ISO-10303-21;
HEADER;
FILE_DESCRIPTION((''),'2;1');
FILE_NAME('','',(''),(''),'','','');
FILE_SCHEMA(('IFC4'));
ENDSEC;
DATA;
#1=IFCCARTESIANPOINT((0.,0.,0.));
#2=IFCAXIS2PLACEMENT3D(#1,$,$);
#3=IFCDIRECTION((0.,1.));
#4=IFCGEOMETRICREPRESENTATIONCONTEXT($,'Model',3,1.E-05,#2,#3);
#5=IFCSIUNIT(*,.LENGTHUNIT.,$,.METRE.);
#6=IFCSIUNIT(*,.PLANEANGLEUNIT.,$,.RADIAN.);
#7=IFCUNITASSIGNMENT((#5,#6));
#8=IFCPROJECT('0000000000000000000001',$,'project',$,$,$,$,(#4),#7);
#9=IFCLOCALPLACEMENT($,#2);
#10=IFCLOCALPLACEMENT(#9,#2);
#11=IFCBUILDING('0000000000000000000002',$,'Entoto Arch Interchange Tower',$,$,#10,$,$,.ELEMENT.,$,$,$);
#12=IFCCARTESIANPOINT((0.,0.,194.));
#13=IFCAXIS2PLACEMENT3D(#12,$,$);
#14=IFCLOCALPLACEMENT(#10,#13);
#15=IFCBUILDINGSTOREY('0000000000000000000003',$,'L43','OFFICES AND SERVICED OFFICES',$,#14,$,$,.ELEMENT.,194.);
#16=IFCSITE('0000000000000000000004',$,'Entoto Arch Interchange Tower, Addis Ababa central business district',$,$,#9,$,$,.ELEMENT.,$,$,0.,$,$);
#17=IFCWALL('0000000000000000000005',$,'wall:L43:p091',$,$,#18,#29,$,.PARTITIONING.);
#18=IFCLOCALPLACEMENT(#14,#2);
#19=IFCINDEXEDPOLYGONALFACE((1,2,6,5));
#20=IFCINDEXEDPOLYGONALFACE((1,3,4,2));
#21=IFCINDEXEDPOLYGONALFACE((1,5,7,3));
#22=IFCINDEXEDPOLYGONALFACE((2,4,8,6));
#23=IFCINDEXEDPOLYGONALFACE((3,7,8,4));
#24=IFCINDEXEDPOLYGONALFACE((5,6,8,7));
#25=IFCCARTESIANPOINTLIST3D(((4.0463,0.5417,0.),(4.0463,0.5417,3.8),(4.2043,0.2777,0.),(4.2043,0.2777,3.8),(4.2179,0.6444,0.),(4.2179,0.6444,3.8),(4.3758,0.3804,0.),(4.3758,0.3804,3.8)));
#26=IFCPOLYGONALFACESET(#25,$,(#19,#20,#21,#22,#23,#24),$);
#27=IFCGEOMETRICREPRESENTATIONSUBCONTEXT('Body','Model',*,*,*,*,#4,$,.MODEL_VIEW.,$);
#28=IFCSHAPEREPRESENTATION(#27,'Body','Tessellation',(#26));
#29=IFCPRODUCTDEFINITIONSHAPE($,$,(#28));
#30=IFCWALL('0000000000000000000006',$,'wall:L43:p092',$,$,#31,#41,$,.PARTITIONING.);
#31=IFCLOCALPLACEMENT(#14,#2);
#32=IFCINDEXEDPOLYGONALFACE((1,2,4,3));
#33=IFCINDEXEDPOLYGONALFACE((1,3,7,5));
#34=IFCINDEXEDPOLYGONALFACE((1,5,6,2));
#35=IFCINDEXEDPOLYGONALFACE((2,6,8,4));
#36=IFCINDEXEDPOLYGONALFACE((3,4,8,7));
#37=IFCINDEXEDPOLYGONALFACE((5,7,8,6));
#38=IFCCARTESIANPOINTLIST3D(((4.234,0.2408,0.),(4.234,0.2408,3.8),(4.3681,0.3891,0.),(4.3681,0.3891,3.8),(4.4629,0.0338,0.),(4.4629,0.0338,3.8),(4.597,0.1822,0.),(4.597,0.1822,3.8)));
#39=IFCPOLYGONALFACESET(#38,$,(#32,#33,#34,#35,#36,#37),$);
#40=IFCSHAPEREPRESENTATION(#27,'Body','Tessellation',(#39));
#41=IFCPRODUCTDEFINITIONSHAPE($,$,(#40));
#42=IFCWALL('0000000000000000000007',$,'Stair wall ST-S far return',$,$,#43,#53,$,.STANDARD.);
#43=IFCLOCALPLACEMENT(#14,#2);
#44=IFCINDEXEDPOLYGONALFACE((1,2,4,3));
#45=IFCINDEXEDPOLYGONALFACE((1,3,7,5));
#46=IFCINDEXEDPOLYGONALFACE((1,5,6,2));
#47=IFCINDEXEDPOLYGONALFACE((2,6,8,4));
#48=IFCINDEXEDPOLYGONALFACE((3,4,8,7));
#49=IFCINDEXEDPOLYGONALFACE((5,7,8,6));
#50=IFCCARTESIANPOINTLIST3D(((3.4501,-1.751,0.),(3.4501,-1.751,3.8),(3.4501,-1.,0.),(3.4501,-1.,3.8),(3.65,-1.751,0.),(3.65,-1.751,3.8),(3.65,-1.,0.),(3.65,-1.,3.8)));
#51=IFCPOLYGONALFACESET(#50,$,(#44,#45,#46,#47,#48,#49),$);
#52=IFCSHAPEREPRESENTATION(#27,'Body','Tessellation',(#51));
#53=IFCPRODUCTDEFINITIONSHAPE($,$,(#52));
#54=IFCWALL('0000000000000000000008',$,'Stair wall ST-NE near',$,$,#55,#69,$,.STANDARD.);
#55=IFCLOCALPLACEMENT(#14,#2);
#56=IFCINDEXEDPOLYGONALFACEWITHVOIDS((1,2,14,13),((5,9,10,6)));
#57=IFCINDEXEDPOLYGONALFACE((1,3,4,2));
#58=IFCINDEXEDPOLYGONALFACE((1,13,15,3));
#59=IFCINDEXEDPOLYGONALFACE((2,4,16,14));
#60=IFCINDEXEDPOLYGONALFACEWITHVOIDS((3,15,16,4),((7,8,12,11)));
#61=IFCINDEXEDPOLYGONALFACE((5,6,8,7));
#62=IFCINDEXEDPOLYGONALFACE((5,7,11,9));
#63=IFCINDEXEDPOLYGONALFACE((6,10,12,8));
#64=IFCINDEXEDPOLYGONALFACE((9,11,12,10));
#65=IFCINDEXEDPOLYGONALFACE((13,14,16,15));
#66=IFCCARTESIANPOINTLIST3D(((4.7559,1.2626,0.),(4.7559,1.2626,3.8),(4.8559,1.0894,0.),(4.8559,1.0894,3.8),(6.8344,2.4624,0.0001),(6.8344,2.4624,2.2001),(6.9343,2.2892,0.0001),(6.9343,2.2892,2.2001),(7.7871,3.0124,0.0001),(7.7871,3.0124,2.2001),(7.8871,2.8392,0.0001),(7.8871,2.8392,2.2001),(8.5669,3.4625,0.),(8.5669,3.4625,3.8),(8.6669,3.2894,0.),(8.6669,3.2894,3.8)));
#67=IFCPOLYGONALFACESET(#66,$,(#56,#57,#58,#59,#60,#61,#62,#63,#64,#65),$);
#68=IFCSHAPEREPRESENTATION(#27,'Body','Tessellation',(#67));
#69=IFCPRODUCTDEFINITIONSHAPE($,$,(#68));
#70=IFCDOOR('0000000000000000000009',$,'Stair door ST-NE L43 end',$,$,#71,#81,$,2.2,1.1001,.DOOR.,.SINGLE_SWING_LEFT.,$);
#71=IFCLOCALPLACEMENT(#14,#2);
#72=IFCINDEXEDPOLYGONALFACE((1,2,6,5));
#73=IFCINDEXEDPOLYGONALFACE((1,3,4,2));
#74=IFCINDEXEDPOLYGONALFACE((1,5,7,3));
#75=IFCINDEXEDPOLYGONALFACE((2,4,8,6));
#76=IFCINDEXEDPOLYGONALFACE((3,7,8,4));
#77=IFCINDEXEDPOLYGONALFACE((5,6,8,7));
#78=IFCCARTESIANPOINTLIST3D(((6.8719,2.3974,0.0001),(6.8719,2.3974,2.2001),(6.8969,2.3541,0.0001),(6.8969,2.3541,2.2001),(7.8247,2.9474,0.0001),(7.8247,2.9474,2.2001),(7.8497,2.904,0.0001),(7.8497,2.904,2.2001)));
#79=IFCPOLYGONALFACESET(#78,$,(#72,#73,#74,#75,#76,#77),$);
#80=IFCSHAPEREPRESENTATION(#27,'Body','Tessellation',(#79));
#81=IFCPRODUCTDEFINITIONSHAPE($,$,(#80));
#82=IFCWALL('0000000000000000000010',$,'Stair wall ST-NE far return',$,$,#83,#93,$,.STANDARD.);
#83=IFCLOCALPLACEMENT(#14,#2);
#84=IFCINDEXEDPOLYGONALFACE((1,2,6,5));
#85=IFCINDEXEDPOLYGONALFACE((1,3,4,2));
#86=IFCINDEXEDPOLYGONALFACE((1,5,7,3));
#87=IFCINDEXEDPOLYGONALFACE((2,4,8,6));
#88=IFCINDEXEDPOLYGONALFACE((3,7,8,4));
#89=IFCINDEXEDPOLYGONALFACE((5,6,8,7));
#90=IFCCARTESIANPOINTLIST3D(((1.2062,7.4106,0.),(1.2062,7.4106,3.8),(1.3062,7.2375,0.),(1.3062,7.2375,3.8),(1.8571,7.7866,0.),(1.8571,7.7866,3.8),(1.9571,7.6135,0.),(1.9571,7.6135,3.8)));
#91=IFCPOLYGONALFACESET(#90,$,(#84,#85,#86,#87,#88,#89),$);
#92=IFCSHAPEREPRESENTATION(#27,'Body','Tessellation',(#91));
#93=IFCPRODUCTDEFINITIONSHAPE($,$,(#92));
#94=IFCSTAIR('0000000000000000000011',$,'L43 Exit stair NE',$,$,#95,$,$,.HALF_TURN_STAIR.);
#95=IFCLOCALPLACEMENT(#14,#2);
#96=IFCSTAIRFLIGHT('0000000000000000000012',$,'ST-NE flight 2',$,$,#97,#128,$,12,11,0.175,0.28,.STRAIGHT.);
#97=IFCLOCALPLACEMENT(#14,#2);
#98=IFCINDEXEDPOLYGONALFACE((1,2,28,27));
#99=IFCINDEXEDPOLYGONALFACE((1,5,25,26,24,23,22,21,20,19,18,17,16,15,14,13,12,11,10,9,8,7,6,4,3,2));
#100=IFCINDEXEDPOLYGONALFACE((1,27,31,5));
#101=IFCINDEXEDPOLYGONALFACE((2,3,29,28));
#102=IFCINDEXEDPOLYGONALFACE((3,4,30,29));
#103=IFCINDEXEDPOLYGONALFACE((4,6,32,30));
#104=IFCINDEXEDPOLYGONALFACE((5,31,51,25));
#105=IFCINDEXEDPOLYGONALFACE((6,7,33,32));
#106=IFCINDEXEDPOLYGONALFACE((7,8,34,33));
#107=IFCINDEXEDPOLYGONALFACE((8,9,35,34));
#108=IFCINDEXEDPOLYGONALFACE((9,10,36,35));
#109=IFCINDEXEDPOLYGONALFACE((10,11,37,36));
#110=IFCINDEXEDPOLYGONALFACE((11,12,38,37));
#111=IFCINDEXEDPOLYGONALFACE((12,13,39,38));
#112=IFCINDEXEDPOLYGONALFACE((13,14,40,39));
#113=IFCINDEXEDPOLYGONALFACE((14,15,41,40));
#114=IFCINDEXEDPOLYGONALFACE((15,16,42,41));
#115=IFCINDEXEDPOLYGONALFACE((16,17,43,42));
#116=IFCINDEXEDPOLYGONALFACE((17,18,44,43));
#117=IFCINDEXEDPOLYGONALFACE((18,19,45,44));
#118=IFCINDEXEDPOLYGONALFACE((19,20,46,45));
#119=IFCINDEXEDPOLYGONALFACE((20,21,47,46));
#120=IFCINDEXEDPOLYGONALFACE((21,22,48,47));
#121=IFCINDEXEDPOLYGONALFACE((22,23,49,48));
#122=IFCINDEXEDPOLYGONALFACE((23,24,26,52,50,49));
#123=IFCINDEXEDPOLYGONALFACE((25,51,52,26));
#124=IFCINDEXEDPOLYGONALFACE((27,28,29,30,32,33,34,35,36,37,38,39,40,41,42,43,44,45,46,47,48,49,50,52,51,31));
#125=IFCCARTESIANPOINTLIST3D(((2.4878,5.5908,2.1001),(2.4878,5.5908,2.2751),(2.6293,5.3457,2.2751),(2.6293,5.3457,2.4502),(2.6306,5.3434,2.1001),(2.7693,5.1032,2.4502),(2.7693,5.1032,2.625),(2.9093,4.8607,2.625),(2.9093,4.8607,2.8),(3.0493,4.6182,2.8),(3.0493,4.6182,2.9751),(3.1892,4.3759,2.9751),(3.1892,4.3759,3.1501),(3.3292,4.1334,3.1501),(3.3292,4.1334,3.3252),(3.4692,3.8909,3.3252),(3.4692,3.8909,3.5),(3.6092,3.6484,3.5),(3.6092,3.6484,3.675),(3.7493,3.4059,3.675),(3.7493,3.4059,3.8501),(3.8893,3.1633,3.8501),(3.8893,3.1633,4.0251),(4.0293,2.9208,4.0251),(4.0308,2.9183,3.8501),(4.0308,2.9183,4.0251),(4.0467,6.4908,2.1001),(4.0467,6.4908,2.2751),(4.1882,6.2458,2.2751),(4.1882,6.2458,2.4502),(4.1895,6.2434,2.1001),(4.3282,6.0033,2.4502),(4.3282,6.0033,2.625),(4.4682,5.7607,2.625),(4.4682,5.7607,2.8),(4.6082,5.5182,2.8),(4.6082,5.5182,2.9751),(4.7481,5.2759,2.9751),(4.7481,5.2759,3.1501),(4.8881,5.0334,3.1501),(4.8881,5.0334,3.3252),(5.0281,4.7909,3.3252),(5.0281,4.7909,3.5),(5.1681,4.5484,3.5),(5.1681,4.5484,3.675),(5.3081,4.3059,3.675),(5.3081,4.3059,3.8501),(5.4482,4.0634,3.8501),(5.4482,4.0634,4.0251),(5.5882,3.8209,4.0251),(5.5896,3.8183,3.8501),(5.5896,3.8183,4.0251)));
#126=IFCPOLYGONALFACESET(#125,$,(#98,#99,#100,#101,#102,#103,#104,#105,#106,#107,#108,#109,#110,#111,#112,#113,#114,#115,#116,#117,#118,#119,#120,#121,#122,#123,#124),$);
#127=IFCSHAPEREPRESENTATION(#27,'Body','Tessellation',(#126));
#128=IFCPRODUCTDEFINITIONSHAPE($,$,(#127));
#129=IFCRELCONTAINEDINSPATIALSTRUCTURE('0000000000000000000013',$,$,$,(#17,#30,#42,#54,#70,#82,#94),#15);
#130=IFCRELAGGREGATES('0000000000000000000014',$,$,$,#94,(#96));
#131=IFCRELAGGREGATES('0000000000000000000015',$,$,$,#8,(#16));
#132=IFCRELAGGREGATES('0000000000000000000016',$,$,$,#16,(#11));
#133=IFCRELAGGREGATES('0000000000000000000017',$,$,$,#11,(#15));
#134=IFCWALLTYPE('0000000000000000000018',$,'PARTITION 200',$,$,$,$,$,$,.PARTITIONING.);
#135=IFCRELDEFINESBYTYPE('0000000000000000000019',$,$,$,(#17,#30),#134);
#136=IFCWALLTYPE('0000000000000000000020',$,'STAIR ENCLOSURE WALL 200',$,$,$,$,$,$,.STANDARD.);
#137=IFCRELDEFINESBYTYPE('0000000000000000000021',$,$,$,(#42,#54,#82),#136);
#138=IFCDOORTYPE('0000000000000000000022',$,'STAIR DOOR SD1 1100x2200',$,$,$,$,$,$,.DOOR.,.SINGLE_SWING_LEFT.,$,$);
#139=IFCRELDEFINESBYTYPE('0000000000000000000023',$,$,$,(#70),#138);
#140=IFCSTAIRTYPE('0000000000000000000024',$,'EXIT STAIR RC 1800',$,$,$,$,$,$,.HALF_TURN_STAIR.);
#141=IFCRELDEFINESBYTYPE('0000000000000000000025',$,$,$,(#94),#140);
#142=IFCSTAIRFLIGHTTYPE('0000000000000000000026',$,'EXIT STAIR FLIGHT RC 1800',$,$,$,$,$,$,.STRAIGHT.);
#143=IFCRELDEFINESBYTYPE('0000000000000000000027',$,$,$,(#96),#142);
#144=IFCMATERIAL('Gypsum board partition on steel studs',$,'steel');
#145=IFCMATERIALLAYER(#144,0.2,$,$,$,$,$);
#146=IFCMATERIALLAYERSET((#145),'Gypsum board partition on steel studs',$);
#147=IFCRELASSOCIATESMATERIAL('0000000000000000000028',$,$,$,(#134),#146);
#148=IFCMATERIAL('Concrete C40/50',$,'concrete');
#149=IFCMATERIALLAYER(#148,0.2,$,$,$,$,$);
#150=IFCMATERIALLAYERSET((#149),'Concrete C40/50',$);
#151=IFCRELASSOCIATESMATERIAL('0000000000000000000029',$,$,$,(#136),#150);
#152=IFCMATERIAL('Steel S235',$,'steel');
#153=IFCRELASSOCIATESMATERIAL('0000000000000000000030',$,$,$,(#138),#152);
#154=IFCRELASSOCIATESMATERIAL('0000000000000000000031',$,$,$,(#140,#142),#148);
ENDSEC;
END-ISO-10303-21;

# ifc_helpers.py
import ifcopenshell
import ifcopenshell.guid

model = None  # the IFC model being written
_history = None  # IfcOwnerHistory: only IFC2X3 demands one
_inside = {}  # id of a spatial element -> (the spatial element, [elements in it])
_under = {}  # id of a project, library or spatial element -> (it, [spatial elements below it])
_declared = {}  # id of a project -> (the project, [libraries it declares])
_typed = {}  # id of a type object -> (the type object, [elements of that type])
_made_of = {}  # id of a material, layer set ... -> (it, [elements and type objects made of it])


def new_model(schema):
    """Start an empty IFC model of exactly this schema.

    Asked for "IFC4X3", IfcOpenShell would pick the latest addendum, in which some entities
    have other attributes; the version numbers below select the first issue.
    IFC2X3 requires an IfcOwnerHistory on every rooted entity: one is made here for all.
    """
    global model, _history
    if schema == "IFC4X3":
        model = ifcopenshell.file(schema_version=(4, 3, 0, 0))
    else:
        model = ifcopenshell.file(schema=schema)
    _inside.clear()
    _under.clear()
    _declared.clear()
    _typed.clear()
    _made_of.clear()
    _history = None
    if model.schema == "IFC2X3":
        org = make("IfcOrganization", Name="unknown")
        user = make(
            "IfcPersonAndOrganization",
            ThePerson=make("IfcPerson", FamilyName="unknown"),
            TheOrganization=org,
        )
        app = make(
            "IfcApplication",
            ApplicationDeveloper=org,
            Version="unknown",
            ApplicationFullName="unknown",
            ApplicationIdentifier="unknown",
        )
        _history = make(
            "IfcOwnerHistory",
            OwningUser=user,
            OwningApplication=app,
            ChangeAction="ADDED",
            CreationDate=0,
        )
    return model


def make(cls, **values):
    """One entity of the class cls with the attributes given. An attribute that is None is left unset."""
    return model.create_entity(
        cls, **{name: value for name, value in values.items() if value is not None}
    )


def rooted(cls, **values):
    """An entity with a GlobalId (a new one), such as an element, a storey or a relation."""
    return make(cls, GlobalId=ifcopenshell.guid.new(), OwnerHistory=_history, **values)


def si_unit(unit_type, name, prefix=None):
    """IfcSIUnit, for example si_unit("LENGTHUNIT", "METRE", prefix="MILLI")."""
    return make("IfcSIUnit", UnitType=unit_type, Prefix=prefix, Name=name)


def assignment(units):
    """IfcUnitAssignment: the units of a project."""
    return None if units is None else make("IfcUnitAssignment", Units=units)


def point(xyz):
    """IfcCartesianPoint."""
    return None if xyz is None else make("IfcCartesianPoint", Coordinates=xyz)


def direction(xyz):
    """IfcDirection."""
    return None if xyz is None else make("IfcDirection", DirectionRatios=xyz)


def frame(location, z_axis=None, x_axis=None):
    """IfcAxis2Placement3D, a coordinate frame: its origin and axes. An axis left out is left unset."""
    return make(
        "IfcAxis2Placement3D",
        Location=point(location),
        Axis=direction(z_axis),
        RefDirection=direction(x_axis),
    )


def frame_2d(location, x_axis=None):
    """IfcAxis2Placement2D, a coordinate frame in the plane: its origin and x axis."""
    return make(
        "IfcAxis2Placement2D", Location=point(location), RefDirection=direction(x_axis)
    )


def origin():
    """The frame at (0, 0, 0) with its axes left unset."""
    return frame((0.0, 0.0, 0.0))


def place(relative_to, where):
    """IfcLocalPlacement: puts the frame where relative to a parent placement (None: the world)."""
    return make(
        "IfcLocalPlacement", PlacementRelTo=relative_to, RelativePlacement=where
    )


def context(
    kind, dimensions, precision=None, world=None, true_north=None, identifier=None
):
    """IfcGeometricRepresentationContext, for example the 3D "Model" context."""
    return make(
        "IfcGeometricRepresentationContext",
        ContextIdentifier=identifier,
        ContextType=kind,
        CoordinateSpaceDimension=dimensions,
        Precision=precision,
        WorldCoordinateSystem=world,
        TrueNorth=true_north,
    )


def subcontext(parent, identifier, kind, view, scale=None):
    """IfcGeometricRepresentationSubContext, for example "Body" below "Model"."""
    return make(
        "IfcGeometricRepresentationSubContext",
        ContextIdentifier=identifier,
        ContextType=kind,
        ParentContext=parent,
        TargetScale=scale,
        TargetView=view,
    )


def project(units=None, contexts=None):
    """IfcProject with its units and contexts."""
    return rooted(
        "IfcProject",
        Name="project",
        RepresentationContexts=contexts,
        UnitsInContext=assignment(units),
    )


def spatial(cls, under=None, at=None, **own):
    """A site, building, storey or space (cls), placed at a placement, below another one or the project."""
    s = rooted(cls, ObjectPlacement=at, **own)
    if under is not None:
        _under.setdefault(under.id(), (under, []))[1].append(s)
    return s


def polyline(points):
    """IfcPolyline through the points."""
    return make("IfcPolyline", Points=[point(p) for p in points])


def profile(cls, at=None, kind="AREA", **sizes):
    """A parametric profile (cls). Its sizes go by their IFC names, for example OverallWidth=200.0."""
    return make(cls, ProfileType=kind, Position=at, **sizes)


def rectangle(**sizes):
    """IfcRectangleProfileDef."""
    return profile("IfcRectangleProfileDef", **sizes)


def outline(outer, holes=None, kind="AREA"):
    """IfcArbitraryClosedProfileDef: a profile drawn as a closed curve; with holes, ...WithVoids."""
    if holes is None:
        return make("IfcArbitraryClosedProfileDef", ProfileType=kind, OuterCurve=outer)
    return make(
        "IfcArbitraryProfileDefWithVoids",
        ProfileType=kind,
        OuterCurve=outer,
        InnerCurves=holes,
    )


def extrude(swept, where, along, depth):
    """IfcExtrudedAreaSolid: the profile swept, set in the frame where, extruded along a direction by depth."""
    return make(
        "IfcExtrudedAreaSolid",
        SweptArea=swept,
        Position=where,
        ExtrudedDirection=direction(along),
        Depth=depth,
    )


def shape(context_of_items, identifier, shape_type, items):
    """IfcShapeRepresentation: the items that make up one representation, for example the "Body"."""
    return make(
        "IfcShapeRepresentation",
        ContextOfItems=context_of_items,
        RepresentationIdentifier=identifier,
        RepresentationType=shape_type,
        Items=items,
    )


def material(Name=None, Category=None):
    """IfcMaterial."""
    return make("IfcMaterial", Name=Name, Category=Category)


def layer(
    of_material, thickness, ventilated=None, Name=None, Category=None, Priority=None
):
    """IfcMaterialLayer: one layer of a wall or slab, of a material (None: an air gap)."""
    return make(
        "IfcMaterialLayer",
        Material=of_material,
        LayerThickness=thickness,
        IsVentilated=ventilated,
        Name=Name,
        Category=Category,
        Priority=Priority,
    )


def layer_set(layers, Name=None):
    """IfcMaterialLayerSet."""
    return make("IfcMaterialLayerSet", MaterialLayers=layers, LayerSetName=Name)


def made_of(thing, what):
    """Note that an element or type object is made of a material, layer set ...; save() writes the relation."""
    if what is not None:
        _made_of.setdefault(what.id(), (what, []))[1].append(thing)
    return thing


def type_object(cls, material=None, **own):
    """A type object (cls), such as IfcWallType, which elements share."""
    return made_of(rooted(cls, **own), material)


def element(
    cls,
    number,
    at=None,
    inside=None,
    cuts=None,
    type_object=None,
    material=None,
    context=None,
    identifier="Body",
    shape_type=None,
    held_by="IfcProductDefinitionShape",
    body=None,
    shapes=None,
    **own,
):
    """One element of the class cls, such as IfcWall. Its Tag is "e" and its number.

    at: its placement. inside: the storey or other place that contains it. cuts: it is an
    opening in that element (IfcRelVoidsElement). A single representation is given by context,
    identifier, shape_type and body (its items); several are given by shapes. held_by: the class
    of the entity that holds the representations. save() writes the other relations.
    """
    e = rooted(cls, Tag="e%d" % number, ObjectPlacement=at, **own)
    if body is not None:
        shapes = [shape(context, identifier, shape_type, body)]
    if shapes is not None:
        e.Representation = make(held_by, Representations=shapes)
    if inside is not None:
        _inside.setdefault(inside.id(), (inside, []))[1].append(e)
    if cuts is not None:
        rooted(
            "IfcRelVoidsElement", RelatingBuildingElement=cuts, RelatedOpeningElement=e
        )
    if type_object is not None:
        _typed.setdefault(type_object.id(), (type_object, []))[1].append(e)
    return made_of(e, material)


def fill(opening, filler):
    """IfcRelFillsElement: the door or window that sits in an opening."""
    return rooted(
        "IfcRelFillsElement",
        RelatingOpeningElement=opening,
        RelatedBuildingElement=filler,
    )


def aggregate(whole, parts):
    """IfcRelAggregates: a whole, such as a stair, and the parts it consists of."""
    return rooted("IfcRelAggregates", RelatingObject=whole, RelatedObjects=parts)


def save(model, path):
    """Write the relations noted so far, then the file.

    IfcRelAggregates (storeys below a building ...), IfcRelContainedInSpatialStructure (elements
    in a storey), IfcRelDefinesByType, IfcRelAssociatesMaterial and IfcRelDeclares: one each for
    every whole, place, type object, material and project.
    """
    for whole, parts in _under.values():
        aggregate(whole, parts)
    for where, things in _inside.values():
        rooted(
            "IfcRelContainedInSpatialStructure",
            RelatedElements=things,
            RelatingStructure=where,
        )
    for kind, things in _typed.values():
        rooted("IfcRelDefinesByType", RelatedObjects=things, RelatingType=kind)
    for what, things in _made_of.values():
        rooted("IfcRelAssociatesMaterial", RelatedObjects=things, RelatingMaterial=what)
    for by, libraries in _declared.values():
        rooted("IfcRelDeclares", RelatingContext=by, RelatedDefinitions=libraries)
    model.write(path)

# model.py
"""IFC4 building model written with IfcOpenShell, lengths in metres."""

from ifc_helpers import new_model, si_unit, direction, frame, frame_2d, origin, place, context, subcontext, project, spatial, polyline, rectangle, outline, extrude, material, layer, layer_set, type_object, element, fill, aggregate, save


model = new_model("IFC4")

# Units and contexts
model_context = context("Model", 3, precision=1e-05, world=origin(), true_north=direction((0.0, 1.0)))
body_context = subcontext(model_context, "Body", "Model", "MODEL_VIEW")
ifc_project = project(units=[si_unit("LENGTHUNIT", "METRE"), si_unit("PLANEANGLEUNIT", "RADIAN")], contexts=[model_context])

# Site, building, storey
site_placement = place(None, origin())
site = spatial("IfcSite", under=ifc_project, at=site_placement, Name="Entoto Arch Interchange Tower, Addis Ababa central business district", CompositionType="ELEMENT", RefElevation=0.0)
building_placement = place(site_placement, origin())
building = spatial("IfcBuilding", under=site, at=building_placement, Name="Entoto Arch Interchange Tower", CompositionType="ELEMENT")
storey_placement = place(building_placement, frame((0.0, 0.0, 194.0)))
storey = spatial("IfcBuildingStorey", under=building, at=storey_placement, Name="L43", Description="OFFICES AND SERVICED OFFICES", CompositionType="ELEMENT", Elevation=194.0)

# Shared definitions
ifc_material_1 = material(Name="Concrete C40/50", Category="concrete")

# Shared definitions
ifc_material_2 = material(Name="Gypsum board partition on steel studs", Category="steel")
ifc_layer_1 = layer(ifc_material_2, 0.2)
ifc_layer_set_1 = layer_set([ifc_layer_1], Name="Gypsum board partition on steel studs")
wall_type_1 = type_object("IfcWallType", Name="PARTITION 200", PredefinedType="PARTITIONING", material=ifc_layer_set_1)

# Walls
wall_1_placement = place(storey_placement, frame((4.1321, 0.593, 0.0), z_axis=(0.0, 0.0, 1.0), x_axis=(0.513562, -0.858053, 0.0)))
element("IfcWall", 1, at=wall_1_placement, inside=storey, type_object=wall_type_1, Name="wall:L43:p091", PredefinedType="PARTITIONING", context=body_context, shape_type="SweptSolid", body=[
    extrude(rectangle(XDim=0.3076, YDim=0.2, at=frame_2d((0.1538, 0.0))), origin(), (0.0, 0.0, 1.0), 3.8),
])
wall_2_placement = place(storey_placement, frame((4.301, 0.3149, 0.0), z_axis=(0.0, 0.0, 1.0), x_axis=(0.741798, -0.670623, 0.0)))
element("IfcWall", 2, at=wall_2_placement, inside=storey, type_object=wall_type_1, Name="wall:L43:p092", PredefinedType="PARTITIONING", context=body_context, shape_type="SweptSolid", body=[
    extrude(rectangle(XDim=0.3086, YDim=0.2, at=frame_2d((0.1543, 0.0))), origin(), (0.0, 0.0, 1.0), 3.8),
])
ifc_layer_2 = layer(ifc_material_1, 0.2)
ifc_layer_set_2 = layer_set([ifc_layer_2], Name="Concrete C40/50")
wall_type_2 = type_object("IfcWallType", Name="STAIR ENCLOSURE WALL 200", PredefinedType="STANDARD", material=ifc_layer_set_2)
wall_3_placement = place(storey_placement, frame((3.55, -1.0, 0.0), z_axis=(0.0, 0.0, 1.0), x_axis=(0.0, -1.0, 0.0)))
element("IfcWall", 3, at=wall_3_placement, inside=storey, type_object=wall_type_2, Name="Stair wall ST-S far return", PredefinedType="STANDARD", context=body_context, shape_type="SweptSolid", body=[
    extrude(rectangle(XDim=0.751, YDim=0.2, at=frame_2d((0.3755, 0.0))), origin(), (0.0, 0.0, 1.0), 3.8),
])

# Wall, opening, door
wall_4_placement = place(storey_placement, frame((4.8059, 1.176, 0.0), z_axis=(0.0, 0.0, 1.0), x_axis=(0.86606, 0.49994, 0.0)))
wall_4 = element("IfcWall", 4, at=wall_4_placement, inside=storey, type_object=wall_type_2, Name="Stair wall ST-NE near", PredefinedType="STANDARD", context=body_context, shape_type="SweptSolid", body=[
    extrude(rectangle(XDim=4.4004, YDim=0.2, at=frame_2d((2.2002, 0.0))), origin(), (0.0, 0.0, 1.0), 3.8),
])
opening_1_placement = place(wall_4_placement, frame((2.3999, 0.0, 0.0)))
opening_1 = element("IfcOpeningElement", 5, at=opening_1_placement, cuts=wall_4, PredefinedType="OPENING", context=body_context, shape_type="SweptSolid", body=[
    extrude(rectangle(XDim=1.1001, YDim=2.2, at=frame_2d((0.55, 1.1001))), frame((0.0, 0.1099, 0.0), z_axis=(0.0, -1.0, 0.0), x_axis=(1.0, 0.0, 0.0)), (0.0, 0.0, 1.0), 0.22),
])
ifc_material_3 = material(Name="Steel S235", Category="steel")
door_type_1 = type_object("IfcDoorType", Name="STAIR DOOR SD1 1100x2200", OperationType="SINGLE_SWING_LEFT", PredefinedType="DOOR", material=ifc_material_3)
door_1_placement = place(opening_1_placement, origin())
door_1 = element("IfcDoor", 6, at=door_1_placement, inside=storey, type_object=door_type_1, Name="Stair door ST-NE L43 end", OperationType="SINGLE_SWING_LEFT", OverallHeight=2.2, OverallWidth=1.1001, PredefinedType="DOOR", context=body_context, shape_type="SweptSolid", body=[
    extrude(rectangle(XDim=1.1001, YDim=2.2, at=frame_2d((0.55, 1.1001))), frame((0.0, 0.0249, 0.0), z_axis=(0.0, -1.0, 0.0), x_axis=(1.0, 0.0, 0.0)), (0.0, 0.0, 1.0), 0.05),
])
fill(opening_1, door_1)

# Wall
wall_5_placement = place(storey_placement, frame((1.2561, 7.324, 0.0), z_axis=(0.0, 0.0, 1.0), x_axis=(0.865915, 0.500191, 0.0)))
element("IfcWall", 7, at=wall_5_placement, inside=storey, type_object=wall_type_2, Name="Stair wall ST-NE far return", PredefinedType="STANDARD", context=body_context, shape_type="SweptSolid", body=[
    extrude(rectangle(XDim=0.7517, YDim=0.2, at=frame_2d((0.376, 0.0))), origin(), (0.0, 0.0, 1.0), 3.8),
])

# Stair, stair flight
stair_type = type_object("IfcStairType", Name="EXIT STAIR RC 1800", PredefinedType="HALF_TURN_STAIR", material=ifc_material_1)
stair_placement = place(storey_placement, origin())
stair = element("IfcStair", 8, at=stair_placement, inside=storey, type_object=stair_type, Name="L43 Exit stair NE", PredefinedType="HALF_TURN_STAIR")
stair_flight_type = type_object("IfcStairFlightType", Name="EXIT STAIR FLIGHT RC 1800", PredefinedType="STRAIGHT", material=ifc_material_1)
stair_flight_placement = place(storey_placement, frame((3.2688, 6.0383, 2.1001), z_axis=(0.0, 0.0, 1.0), x_axis=(0.5, -0.866025, 0.0)))
stair_flight = element("IfcStairFlight", 9, at=stair_flight_placement, type_object=stair_flight_type, Name="ST-NE flight 2", NumberOfRisers=12, NumberOfTreads=11, PredefinedType="STRAIGHT", RiserHeight=0.175, TreadLength=0.28, context=body_context, shape_type="SweptSolid", body=[
    extrude(outline(polyline([(-0.0029, 0.0), (-0.0029, 0.175), (0.28, 0.175), (0.28, 0.3501), (0.5601, 0.3501), (0.5601, 0.5249), (0.8401, 0.5249), (0.8401, 0.7), (1.1201, 0.7), (1.1201, 0.875), (1.3999, 0.875), (1.3999, 1.05), (1.6799, 1.05), (1.6799, 1.2251), (1.96, 1.2251), (1.96, 1.3999), (2.24, 1.3999), (2.24, 1.575), (2.52, 1.575), (2.52, 1.75), (2.8, 1.75), (2.8, 1.925), (3.0801, 1.925), (3.083, 1.925), (3.083, 1.75), (0.2827, 0.0), (-0.0029, 0.0)])), frame((0.0, 0.8999, 0.0), z_axis=(0.0, -1.0, 0.0), x_axis=(1.0, 0.0, 0.0)), (0.0, 0.0, 1.0), 1.8),
])
aggregate(stair, [stair_flight])

save(model, "model.ifc")
